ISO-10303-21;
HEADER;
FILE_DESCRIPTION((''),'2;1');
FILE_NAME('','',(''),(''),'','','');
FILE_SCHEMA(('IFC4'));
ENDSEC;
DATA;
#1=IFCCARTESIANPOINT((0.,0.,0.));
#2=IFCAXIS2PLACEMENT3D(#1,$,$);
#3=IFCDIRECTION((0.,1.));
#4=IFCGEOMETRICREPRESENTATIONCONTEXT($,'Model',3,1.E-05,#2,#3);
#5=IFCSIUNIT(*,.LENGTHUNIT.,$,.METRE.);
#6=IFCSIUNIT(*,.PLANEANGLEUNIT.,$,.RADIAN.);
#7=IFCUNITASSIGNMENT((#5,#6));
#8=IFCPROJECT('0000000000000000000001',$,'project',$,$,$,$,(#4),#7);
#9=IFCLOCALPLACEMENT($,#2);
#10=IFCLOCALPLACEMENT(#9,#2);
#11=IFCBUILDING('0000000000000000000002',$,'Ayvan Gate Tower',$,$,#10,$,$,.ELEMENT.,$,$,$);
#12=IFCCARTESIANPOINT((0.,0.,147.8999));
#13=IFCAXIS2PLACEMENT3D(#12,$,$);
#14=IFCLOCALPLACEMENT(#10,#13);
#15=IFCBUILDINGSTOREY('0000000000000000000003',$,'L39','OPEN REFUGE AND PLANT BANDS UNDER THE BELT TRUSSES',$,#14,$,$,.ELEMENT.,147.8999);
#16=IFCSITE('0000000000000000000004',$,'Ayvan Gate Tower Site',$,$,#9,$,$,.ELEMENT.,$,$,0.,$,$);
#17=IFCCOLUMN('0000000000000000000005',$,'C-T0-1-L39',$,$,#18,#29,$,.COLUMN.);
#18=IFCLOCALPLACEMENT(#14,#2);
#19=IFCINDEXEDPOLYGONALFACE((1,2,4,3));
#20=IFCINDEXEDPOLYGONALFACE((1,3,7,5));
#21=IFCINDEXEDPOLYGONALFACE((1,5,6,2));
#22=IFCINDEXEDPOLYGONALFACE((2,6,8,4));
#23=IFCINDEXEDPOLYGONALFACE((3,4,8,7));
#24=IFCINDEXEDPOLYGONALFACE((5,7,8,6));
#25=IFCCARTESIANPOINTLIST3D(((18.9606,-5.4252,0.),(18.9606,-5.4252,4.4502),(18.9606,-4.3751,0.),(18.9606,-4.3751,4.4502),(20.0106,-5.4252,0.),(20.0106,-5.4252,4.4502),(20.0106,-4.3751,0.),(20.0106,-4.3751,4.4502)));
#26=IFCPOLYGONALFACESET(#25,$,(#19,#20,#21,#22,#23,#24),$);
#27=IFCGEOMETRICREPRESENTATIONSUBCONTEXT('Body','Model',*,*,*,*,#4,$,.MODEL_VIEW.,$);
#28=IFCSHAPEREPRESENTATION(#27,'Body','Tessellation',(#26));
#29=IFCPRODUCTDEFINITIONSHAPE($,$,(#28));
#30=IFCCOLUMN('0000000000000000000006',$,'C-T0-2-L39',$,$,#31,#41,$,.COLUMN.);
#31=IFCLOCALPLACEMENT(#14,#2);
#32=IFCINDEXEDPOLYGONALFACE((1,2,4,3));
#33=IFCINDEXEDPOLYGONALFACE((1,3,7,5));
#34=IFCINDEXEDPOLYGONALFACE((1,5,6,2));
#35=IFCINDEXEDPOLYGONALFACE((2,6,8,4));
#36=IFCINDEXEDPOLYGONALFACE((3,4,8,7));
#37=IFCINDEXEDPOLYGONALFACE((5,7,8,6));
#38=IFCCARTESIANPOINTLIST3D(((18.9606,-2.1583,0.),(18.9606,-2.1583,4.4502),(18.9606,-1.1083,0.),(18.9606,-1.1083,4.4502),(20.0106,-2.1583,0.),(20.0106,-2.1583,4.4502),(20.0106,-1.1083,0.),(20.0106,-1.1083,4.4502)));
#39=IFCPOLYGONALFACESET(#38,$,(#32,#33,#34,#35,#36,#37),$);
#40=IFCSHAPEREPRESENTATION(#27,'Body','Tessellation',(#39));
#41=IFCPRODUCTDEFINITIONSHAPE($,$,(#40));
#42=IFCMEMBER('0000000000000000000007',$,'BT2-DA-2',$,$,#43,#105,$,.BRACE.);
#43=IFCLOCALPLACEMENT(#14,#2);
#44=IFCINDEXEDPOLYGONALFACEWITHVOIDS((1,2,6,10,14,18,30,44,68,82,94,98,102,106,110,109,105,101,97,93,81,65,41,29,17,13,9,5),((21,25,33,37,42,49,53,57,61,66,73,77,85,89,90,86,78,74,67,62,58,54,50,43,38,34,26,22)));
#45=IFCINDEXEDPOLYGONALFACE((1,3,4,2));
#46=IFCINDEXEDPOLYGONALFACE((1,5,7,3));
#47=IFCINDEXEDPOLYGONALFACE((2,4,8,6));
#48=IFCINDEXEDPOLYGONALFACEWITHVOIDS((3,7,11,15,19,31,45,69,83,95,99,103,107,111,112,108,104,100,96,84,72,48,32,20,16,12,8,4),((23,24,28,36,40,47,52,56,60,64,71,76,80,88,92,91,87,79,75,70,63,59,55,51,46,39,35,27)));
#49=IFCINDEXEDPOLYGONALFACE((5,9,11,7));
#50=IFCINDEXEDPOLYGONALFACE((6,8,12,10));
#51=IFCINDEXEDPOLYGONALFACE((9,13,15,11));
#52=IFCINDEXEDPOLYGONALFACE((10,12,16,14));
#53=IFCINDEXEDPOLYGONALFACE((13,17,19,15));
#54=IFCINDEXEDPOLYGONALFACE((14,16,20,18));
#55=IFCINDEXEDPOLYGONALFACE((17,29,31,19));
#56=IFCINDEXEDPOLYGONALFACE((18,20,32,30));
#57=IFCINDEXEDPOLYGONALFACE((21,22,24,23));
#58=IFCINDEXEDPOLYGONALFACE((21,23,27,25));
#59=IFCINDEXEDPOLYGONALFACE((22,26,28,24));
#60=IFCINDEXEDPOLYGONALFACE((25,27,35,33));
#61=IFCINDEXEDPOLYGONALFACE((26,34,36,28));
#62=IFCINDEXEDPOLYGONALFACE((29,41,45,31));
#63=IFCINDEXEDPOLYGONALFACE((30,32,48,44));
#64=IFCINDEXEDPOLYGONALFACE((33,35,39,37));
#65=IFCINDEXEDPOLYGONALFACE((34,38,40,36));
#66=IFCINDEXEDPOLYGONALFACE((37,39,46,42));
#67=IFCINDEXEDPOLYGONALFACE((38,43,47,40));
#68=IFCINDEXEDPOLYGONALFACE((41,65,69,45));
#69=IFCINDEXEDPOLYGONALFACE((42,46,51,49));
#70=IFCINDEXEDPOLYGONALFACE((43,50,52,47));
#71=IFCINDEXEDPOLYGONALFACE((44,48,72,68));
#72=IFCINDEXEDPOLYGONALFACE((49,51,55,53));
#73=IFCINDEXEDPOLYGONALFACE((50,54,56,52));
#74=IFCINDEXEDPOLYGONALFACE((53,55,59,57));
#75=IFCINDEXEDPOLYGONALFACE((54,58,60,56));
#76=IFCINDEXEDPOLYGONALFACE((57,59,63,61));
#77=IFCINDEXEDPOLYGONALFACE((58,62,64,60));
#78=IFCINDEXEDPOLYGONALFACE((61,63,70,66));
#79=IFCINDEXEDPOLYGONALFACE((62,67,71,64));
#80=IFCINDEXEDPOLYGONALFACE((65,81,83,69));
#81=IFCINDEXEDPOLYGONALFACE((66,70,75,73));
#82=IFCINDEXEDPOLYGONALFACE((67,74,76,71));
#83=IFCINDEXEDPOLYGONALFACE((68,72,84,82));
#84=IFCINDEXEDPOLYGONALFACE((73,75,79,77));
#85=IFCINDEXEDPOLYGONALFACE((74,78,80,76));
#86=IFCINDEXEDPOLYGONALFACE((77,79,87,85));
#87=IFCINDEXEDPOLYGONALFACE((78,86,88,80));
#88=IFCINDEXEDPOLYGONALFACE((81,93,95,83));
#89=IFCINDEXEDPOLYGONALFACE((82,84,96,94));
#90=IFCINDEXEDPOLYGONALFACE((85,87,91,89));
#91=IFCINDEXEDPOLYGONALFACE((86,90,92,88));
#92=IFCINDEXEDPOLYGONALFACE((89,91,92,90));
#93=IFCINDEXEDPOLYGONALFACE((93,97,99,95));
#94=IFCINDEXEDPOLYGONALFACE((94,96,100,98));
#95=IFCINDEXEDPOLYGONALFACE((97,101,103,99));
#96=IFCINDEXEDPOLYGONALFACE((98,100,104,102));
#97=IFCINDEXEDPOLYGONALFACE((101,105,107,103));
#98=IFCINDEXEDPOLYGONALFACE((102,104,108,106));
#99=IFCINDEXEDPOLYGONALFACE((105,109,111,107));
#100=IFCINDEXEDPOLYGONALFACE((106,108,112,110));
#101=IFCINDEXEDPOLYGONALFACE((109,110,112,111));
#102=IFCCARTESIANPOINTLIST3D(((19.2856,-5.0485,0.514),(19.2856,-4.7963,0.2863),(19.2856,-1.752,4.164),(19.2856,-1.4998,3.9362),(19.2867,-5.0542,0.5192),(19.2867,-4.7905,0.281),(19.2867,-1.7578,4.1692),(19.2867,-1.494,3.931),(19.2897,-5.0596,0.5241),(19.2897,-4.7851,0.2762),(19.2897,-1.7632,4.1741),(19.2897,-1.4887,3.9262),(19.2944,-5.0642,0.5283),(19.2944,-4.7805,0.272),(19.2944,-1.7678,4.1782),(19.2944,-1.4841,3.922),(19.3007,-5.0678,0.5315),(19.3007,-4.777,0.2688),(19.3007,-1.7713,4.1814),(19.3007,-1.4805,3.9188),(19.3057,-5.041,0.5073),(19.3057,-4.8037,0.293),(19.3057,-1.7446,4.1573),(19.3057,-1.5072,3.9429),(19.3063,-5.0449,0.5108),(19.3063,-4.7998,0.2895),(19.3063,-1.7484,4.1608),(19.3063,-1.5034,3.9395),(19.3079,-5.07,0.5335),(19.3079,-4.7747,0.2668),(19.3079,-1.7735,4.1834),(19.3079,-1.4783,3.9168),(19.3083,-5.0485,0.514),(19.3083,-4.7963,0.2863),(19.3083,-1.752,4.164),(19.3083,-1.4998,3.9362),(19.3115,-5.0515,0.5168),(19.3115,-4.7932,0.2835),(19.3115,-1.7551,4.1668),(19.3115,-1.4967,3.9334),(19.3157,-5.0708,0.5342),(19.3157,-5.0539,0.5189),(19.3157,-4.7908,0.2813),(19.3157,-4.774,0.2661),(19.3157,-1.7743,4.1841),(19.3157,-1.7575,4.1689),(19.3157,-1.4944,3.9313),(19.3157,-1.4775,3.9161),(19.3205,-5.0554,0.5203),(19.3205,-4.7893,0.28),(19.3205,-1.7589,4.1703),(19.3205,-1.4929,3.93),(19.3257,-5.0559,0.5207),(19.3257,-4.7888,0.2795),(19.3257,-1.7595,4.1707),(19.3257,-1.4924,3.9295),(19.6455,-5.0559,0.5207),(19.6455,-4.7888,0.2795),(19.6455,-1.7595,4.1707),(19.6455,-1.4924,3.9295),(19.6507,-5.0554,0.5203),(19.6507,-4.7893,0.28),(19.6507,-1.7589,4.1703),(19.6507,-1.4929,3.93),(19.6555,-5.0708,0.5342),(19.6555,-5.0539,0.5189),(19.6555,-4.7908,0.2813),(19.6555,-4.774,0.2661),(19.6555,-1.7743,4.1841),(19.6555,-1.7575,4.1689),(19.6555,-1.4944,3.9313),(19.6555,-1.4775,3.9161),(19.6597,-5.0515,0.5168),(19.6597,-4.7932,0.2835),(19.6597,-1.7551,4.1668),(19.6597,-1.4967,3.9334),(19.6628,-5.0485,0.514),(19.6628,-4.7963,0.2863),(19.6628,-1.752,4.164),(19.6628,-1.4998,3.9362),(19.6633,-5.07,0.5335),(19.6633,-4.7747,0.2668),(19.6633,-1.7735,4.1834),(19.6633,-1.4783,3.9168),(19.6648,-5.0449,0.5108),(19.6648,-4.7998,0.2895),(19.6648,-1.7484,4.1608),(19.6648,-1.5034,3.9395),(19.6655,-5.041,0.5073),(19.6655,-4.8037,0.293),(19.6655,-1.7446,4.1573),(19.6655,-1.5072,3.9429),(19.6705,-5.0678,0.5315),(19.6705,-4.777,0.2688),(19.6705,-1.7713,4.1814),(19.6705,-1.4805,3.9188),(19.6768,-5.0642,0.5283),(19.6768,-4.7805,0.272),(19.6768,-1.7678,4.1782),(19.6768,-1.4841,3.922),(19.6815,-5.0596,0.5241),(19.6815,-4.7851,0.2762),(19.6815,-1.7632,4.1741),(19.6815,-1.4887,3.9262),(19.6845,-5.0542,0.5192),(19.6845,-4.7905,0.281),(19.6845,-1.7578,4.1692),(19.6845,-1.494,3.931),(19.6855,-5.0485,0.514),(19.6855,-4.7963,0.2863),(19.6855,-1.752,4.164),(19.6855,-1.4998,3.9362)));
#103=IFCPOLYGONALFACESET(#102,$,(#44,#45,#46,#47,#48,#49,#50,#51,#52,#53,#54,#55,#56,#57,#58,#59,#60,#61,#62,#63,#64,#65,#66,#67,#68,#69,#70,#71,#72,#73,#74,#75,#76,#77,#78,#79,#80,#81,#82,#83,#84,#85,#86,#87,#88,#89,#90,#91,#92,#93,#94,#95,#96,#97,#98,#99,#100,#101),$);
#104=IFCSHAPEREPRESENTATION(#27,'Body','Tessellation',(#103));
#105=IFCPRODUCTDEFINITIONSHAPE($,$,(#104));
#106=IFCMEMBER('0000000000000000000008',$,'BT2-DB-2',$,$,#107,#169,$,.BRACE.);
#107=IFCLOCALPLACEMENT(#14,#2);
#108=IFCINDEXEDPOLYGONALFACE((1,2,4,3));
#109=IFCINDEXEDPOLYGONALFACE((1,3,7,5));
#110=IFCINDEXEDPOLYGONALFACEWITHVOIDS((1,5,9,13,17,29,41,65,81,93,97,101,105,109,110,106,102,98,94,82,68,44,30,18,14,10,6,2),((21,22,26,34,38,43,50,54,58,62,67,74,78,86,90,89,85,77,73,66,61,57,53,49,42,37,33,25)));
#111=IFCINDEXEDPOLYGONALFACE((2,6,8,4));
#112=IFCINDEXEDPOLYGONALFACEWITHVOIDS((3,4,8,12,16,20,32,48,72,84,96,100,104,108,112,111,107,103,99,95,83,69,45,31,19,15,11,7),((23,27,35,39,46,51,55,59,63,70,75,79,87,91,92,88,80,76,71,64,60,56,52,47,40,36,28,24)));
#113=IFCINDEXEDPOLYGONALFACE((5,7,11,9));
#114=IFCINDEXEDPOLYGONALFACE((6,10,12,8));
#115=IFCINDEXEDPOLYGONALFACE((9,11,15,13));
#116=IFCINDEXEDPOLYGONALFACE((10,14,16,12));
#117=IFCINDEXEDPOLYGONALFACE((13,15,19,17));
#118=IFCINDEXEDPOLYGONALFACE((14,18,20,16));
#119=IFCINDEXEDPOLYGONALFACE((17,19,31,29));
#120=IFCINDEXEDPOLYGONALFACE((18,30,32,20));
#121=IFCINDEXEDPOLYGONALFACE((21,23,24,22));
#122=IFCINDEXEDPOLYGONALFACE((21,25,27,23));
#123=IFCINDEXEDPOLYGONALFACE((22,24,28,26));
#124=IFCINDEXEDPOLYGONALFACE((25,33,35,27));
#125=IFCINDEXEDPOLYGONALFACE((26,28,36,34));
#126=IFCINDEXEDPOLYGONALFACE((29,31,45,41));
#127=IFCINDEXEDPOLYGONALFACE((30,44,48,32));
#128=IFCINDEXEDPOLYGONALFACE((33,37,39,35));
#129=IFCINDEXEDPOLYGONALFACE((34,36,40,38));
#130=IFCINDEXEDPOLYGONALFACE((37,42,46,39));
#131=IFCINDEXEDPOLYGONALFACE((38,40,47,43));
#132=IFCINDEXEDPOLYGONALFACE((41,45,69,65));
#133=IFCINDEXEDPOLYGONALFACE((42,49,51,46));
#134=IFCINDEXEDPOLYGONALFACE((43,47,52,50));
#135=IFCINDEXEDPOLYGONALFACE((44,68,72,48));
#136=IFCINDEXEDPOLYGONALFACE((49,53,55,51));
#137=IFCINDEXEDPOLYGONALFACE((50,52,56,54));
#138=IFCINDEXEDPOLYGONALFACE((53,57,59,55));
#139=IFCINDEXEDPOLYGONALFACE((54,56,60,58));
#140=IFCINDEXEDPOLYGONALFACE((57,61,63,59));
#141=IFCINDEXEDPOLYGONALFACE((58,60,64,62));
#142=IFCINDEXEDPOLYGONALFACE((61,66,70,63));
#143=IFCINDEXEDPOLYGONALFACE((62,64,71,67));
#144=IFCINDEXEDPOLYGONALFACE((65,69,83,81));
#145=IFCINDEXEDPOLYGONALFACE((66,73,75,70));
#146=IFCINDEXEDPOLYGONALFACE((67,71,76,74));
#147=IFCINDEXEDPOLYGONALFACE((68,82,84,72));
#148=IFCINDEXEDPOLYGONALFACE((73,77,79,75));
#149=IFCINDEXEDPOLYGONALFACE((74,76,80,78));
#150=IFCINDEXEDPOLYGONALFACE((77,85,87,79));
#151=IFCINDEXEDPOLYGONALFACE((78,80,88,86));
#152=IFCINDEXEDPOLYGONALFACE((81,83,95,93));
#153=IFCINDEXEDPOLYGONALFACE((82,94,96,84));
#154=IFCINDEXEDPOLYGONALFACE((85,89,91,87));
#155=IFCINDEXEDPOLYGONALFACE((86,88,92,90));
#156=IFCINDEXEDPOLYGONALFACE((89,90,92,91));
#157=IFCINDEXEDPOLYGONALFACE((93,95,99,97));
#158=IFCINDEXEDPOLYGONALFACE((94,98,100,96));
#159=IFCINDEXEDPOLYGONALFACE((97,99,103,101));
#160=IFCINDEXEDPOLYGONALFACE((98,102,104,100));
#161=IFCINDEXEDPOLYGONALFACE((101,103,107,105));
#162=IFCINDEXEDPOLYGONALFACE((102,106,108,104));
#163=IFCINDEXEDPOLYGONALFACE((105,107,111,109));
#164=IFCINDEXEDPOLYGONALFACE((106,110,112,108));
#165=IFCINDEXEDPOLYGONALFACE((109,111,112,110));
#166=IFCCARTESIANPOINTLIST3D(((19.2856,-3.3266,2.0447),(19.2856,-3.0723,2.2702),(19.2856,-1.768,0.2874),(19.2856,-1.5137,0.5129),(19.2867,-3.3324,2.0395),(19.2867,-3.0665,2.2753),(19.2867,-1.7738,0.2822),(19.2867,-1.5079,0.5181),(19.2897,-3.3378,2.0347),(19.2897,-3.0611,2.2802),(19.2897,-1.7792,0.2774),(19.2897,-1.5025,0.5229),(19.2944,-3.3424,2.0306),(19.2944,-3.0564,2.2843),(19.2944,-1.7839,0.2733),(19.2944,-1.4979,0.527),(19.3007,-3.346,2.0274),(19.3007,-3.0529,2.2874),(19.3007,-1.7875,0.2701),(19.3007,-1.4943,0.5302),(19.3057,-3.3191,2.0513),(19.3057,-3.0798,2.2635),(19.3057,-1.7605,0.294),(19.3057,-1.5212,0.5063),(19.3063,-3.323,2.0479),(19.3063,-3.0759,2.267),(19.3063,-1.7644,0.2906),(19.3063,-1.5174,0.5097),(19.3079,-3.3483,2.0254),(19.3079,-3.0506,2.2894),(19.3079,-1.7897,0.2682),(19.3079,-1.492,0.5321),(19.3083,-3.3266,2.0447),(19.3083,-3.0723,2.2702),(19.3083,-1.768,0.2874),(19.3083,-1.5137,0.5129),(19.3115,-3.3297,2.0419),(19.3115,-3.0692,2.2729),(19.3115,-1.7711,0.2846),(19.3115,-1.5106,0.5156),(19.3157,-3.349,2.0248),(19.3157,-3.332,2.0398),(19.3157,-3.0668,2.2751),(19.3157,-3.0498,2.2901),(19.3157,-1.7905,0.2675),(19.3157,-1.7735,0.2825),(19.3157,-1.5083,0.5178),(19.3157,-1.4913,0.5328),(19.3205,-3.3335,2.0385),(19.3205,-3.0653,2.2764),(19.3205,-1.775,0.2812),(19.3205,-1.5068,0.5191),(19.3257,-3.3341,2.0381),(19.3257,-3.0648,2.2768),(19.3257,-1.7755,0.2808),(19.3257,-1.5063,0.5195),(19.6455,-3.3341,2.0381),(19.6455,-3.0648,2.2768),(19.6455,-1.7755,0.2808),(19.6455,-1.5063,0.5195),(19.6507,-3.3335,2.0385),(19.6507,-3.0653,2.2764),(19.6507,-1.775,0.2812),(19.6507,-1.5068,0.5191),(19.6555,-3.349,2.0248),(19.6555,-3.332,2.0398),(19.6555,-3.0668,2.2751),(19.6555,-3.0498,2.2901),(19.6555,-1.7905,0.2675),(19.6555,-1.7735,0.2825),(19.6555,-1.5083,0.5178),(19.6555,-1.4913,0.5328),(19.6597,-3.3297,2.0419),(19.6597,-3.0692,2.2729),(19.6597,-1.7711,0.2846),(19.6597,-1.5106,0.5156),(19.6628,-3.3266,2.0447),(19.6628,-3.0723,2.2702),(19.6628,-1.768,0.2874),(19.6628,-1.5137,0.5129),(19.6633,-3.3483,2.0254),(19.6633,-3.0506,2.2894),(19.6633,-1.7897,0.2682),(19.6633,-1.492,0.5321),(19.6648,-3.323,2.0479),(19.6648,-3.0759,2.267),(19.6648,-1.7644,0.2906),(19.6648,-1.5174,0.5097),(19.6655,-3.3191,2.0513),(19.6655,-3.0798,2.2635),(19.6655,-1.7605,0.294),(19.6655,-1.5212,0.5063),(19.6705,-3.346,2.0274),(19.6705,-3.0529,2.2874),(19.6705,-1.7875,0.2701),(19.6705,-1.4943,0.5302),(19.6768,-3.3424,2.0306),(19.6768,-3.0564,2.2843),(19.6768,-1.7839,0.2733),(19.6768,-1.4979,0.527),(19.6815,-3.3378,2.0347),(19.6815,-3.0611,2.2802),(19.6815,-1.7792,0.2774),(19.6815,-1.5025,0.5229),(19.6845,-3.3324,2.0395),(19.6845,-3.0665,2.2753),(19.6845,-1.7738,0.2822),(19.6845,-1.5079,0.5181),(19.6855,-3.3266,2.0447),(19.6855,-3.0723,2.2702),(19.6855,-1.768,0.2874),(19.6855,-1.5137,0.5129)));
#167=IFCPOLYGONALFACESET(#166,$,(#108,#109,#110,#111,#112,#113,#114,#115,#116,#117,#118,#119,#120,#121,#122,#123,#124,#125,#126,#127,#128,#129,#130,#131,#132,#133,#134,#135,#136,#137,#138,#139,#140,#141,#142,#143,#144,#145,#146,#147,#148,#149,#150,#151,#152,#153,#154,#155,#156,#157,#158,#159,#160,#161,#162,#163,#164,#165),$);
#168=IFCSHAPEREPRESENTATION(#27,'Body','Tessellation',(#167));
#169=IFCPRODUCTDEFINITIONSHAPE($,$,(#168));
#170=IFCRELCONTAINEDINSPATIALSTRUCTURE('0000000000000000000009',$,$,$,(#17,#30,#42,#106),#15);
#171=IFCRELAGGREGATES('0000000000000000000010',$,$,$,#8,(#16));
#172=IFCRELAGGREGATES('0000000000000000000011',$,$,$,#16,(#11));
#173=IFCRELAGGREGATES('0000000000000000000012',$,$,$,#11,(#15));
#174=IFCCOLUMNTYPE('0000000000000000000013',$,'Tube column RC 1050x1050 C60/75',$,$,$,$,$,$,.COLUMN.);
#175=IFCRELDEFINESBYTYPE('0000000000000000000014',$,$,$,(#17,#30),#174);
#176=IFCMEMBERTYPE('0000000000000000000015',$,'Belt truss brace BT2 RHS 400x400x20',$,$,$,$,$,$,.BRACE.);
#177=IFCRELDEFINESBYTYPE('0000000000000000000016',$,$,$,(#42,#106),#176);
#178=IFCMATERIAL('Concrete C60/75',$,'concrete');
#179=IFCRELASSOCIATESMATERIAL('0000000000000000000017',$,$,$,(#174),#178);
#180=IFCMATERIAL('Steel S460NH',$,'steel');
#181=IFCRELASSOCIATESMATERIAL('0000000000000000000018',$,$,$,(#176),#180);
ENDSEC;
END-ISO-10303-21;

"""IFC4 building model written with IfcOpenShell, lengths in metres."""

from ifc_helpers import new_model, si_unit, direction, frame, origin, origin_2d, place, context, subcontext, project, spatial, rectangle, hollow_rectangle, extrude, material, material_profile, profile_set, type_object, element, save


model = new_model("IFC4")

# Units and contexts
model_context = context("Model", 3, precision=1e-05, world=origin(), true_north=direction((0.0, 1.0)))
body_context = subcontext(model_context, "Body", "Model", "MODEL_VIEW")
ifc_project = project(units=[si_unit("LENGTHUNIT", "METRE"), si_unit("PLANEANGLEUNIT", "RADIAN")], contexts=[model_context])

# Site, building, storey
site_placement = place(None, origin())
site = spatial("IfcSite", under=ifc_project, at=site_placement, Name="Ayvan Gate Tower Site", CompositionType="ELEMENT", RefElevation=0.0)
building_placement = place(site_placement, origin())
building = spatial("IfcBuilding", under=site, at=building_placement, Name="Ayvan Gate Tower", CompositionType="ELEMENT")
storey_placement = place(building_placement, frame((0.0, 0.0, 147.8999)))
storey = spatial("IfcBuildingStorey", under=building, at=storey_placement, Name="L39", Description="OPEN REFUGE AND PLANT BANDS UNDER THE BELT TRUSSES", CompositionType="ELEMENT", Elevation=147.8999)

# Columns
ifc_material_1 = material(Name="Concrete C60/75", Category="concrete")
ifc_material_profile_1 = material_profile(ifc_material_1, rectangle(XDim=1.05, YDim=1.05, at=origin_2d()), Name="RC 1050x1050")
ifc_profile_set_1 = profile_set([ifc_material_profile_1], Name="Concrete C60/75")
column_type = type_object("IfcColumnType", Name="Tube column RC 1050x1050 C60/75", PredefinedType="COLUMN", material=ifc_profile_set_1)
for number, where, z_axis, x_axis, name in (
    (1, (19.4856, -4.9001, 0.0), (0.0, 0.0, 1.0), (1.0, 0.0, 0.0), "C-T0-1-L39"),
    (2, (19.4856, -1.6333, 0.0), (0.0, 0.0, 1.0), (1.0, 0.0, 0.0), "C-T0-2-L39"),
):
    element("IfcColumn", number, at=place(storey_placement, frame(where, z_axis=z_axis, x_axis=x_axis)), inside=storey, type_object=column_type, Name=name, PredefinedType="COLUMN", context=body_context, shape_type="SweptSolid", body=[
        extrude(rectangle(XDim=1.05, YDim=1.05, at=origin_2d()), origin(), (0.0, 0.0, 1.0), 4.4502),
    ])

# Members
ifc_material_2 = material(Name="Steel S460NH", Category="steel")
ifc_material_profile_2 = material_profile(ifc_material_2, hollow_rectangle(XDim=0.3999, YDim=0.3999, WallThickness=0.02, InnerFilletRadius=0.02, OuterFilletRadius=0.03, at=origin_2d()), Name="RHS 400x400x20")
ifc_profile_set_2 = profile_set([ifc_material_profile_2], Name="Steel S460NH")
member_type_1 = type_object("IfcMemberType", Name="Belt truss brace BT2 RHS 400x400x20", PredefinedType="BRACE", material=ifc_profile_set_2)
member_1_placement = place(storey_placement, frame((19.4856, -4.9224, 0.4001), z_axis=(0.0, 0.670253, 0.742133), x_axis=(-1.0, 0.0, 0.0)))
element("IfcMember", 3, at=member_1_placement, inside=storey, type_object=member_type_1, Name="BT2-DA-2", PredefinedType="BRACE", context=body_context, shape_type="SweptSolid", body=[
    extrude(hollow_rectangle(XDim=0.3999, YDim=0.3999, WallThickness=0.02, InnerFilletRadius=0.02, OuterFilletRadius=0.03, at=origin_2d()), origin(), (0.0, 0.0, 1.0), 4.9182),
])
member_2_placement = place(storey_placement, frame((19.4856, -1.6409, 0.4001), z_axis=(0.0, -0.663538, 0.748143), x_axis=(1.0, 0.0, 0.0)))
element("IfcMember", 4, at=member_2_placement, inside=storey, type_object=member_type_1, Name="BT2-DB-2", PredefinedType="BRACE", context=body_context, shape_type="SweptSolid", body=[
    extrude(hollow_rectangle(XDim=0.3999, YDim=0.3999, WallThickness=0.02, InnerFilletRadius=0.02, OuterFilletRadius=0.03, at=origin_2d()), origin(), (0.0, 0.0, 1.0), 2.3489),
])

save(model, "model.ifc")
